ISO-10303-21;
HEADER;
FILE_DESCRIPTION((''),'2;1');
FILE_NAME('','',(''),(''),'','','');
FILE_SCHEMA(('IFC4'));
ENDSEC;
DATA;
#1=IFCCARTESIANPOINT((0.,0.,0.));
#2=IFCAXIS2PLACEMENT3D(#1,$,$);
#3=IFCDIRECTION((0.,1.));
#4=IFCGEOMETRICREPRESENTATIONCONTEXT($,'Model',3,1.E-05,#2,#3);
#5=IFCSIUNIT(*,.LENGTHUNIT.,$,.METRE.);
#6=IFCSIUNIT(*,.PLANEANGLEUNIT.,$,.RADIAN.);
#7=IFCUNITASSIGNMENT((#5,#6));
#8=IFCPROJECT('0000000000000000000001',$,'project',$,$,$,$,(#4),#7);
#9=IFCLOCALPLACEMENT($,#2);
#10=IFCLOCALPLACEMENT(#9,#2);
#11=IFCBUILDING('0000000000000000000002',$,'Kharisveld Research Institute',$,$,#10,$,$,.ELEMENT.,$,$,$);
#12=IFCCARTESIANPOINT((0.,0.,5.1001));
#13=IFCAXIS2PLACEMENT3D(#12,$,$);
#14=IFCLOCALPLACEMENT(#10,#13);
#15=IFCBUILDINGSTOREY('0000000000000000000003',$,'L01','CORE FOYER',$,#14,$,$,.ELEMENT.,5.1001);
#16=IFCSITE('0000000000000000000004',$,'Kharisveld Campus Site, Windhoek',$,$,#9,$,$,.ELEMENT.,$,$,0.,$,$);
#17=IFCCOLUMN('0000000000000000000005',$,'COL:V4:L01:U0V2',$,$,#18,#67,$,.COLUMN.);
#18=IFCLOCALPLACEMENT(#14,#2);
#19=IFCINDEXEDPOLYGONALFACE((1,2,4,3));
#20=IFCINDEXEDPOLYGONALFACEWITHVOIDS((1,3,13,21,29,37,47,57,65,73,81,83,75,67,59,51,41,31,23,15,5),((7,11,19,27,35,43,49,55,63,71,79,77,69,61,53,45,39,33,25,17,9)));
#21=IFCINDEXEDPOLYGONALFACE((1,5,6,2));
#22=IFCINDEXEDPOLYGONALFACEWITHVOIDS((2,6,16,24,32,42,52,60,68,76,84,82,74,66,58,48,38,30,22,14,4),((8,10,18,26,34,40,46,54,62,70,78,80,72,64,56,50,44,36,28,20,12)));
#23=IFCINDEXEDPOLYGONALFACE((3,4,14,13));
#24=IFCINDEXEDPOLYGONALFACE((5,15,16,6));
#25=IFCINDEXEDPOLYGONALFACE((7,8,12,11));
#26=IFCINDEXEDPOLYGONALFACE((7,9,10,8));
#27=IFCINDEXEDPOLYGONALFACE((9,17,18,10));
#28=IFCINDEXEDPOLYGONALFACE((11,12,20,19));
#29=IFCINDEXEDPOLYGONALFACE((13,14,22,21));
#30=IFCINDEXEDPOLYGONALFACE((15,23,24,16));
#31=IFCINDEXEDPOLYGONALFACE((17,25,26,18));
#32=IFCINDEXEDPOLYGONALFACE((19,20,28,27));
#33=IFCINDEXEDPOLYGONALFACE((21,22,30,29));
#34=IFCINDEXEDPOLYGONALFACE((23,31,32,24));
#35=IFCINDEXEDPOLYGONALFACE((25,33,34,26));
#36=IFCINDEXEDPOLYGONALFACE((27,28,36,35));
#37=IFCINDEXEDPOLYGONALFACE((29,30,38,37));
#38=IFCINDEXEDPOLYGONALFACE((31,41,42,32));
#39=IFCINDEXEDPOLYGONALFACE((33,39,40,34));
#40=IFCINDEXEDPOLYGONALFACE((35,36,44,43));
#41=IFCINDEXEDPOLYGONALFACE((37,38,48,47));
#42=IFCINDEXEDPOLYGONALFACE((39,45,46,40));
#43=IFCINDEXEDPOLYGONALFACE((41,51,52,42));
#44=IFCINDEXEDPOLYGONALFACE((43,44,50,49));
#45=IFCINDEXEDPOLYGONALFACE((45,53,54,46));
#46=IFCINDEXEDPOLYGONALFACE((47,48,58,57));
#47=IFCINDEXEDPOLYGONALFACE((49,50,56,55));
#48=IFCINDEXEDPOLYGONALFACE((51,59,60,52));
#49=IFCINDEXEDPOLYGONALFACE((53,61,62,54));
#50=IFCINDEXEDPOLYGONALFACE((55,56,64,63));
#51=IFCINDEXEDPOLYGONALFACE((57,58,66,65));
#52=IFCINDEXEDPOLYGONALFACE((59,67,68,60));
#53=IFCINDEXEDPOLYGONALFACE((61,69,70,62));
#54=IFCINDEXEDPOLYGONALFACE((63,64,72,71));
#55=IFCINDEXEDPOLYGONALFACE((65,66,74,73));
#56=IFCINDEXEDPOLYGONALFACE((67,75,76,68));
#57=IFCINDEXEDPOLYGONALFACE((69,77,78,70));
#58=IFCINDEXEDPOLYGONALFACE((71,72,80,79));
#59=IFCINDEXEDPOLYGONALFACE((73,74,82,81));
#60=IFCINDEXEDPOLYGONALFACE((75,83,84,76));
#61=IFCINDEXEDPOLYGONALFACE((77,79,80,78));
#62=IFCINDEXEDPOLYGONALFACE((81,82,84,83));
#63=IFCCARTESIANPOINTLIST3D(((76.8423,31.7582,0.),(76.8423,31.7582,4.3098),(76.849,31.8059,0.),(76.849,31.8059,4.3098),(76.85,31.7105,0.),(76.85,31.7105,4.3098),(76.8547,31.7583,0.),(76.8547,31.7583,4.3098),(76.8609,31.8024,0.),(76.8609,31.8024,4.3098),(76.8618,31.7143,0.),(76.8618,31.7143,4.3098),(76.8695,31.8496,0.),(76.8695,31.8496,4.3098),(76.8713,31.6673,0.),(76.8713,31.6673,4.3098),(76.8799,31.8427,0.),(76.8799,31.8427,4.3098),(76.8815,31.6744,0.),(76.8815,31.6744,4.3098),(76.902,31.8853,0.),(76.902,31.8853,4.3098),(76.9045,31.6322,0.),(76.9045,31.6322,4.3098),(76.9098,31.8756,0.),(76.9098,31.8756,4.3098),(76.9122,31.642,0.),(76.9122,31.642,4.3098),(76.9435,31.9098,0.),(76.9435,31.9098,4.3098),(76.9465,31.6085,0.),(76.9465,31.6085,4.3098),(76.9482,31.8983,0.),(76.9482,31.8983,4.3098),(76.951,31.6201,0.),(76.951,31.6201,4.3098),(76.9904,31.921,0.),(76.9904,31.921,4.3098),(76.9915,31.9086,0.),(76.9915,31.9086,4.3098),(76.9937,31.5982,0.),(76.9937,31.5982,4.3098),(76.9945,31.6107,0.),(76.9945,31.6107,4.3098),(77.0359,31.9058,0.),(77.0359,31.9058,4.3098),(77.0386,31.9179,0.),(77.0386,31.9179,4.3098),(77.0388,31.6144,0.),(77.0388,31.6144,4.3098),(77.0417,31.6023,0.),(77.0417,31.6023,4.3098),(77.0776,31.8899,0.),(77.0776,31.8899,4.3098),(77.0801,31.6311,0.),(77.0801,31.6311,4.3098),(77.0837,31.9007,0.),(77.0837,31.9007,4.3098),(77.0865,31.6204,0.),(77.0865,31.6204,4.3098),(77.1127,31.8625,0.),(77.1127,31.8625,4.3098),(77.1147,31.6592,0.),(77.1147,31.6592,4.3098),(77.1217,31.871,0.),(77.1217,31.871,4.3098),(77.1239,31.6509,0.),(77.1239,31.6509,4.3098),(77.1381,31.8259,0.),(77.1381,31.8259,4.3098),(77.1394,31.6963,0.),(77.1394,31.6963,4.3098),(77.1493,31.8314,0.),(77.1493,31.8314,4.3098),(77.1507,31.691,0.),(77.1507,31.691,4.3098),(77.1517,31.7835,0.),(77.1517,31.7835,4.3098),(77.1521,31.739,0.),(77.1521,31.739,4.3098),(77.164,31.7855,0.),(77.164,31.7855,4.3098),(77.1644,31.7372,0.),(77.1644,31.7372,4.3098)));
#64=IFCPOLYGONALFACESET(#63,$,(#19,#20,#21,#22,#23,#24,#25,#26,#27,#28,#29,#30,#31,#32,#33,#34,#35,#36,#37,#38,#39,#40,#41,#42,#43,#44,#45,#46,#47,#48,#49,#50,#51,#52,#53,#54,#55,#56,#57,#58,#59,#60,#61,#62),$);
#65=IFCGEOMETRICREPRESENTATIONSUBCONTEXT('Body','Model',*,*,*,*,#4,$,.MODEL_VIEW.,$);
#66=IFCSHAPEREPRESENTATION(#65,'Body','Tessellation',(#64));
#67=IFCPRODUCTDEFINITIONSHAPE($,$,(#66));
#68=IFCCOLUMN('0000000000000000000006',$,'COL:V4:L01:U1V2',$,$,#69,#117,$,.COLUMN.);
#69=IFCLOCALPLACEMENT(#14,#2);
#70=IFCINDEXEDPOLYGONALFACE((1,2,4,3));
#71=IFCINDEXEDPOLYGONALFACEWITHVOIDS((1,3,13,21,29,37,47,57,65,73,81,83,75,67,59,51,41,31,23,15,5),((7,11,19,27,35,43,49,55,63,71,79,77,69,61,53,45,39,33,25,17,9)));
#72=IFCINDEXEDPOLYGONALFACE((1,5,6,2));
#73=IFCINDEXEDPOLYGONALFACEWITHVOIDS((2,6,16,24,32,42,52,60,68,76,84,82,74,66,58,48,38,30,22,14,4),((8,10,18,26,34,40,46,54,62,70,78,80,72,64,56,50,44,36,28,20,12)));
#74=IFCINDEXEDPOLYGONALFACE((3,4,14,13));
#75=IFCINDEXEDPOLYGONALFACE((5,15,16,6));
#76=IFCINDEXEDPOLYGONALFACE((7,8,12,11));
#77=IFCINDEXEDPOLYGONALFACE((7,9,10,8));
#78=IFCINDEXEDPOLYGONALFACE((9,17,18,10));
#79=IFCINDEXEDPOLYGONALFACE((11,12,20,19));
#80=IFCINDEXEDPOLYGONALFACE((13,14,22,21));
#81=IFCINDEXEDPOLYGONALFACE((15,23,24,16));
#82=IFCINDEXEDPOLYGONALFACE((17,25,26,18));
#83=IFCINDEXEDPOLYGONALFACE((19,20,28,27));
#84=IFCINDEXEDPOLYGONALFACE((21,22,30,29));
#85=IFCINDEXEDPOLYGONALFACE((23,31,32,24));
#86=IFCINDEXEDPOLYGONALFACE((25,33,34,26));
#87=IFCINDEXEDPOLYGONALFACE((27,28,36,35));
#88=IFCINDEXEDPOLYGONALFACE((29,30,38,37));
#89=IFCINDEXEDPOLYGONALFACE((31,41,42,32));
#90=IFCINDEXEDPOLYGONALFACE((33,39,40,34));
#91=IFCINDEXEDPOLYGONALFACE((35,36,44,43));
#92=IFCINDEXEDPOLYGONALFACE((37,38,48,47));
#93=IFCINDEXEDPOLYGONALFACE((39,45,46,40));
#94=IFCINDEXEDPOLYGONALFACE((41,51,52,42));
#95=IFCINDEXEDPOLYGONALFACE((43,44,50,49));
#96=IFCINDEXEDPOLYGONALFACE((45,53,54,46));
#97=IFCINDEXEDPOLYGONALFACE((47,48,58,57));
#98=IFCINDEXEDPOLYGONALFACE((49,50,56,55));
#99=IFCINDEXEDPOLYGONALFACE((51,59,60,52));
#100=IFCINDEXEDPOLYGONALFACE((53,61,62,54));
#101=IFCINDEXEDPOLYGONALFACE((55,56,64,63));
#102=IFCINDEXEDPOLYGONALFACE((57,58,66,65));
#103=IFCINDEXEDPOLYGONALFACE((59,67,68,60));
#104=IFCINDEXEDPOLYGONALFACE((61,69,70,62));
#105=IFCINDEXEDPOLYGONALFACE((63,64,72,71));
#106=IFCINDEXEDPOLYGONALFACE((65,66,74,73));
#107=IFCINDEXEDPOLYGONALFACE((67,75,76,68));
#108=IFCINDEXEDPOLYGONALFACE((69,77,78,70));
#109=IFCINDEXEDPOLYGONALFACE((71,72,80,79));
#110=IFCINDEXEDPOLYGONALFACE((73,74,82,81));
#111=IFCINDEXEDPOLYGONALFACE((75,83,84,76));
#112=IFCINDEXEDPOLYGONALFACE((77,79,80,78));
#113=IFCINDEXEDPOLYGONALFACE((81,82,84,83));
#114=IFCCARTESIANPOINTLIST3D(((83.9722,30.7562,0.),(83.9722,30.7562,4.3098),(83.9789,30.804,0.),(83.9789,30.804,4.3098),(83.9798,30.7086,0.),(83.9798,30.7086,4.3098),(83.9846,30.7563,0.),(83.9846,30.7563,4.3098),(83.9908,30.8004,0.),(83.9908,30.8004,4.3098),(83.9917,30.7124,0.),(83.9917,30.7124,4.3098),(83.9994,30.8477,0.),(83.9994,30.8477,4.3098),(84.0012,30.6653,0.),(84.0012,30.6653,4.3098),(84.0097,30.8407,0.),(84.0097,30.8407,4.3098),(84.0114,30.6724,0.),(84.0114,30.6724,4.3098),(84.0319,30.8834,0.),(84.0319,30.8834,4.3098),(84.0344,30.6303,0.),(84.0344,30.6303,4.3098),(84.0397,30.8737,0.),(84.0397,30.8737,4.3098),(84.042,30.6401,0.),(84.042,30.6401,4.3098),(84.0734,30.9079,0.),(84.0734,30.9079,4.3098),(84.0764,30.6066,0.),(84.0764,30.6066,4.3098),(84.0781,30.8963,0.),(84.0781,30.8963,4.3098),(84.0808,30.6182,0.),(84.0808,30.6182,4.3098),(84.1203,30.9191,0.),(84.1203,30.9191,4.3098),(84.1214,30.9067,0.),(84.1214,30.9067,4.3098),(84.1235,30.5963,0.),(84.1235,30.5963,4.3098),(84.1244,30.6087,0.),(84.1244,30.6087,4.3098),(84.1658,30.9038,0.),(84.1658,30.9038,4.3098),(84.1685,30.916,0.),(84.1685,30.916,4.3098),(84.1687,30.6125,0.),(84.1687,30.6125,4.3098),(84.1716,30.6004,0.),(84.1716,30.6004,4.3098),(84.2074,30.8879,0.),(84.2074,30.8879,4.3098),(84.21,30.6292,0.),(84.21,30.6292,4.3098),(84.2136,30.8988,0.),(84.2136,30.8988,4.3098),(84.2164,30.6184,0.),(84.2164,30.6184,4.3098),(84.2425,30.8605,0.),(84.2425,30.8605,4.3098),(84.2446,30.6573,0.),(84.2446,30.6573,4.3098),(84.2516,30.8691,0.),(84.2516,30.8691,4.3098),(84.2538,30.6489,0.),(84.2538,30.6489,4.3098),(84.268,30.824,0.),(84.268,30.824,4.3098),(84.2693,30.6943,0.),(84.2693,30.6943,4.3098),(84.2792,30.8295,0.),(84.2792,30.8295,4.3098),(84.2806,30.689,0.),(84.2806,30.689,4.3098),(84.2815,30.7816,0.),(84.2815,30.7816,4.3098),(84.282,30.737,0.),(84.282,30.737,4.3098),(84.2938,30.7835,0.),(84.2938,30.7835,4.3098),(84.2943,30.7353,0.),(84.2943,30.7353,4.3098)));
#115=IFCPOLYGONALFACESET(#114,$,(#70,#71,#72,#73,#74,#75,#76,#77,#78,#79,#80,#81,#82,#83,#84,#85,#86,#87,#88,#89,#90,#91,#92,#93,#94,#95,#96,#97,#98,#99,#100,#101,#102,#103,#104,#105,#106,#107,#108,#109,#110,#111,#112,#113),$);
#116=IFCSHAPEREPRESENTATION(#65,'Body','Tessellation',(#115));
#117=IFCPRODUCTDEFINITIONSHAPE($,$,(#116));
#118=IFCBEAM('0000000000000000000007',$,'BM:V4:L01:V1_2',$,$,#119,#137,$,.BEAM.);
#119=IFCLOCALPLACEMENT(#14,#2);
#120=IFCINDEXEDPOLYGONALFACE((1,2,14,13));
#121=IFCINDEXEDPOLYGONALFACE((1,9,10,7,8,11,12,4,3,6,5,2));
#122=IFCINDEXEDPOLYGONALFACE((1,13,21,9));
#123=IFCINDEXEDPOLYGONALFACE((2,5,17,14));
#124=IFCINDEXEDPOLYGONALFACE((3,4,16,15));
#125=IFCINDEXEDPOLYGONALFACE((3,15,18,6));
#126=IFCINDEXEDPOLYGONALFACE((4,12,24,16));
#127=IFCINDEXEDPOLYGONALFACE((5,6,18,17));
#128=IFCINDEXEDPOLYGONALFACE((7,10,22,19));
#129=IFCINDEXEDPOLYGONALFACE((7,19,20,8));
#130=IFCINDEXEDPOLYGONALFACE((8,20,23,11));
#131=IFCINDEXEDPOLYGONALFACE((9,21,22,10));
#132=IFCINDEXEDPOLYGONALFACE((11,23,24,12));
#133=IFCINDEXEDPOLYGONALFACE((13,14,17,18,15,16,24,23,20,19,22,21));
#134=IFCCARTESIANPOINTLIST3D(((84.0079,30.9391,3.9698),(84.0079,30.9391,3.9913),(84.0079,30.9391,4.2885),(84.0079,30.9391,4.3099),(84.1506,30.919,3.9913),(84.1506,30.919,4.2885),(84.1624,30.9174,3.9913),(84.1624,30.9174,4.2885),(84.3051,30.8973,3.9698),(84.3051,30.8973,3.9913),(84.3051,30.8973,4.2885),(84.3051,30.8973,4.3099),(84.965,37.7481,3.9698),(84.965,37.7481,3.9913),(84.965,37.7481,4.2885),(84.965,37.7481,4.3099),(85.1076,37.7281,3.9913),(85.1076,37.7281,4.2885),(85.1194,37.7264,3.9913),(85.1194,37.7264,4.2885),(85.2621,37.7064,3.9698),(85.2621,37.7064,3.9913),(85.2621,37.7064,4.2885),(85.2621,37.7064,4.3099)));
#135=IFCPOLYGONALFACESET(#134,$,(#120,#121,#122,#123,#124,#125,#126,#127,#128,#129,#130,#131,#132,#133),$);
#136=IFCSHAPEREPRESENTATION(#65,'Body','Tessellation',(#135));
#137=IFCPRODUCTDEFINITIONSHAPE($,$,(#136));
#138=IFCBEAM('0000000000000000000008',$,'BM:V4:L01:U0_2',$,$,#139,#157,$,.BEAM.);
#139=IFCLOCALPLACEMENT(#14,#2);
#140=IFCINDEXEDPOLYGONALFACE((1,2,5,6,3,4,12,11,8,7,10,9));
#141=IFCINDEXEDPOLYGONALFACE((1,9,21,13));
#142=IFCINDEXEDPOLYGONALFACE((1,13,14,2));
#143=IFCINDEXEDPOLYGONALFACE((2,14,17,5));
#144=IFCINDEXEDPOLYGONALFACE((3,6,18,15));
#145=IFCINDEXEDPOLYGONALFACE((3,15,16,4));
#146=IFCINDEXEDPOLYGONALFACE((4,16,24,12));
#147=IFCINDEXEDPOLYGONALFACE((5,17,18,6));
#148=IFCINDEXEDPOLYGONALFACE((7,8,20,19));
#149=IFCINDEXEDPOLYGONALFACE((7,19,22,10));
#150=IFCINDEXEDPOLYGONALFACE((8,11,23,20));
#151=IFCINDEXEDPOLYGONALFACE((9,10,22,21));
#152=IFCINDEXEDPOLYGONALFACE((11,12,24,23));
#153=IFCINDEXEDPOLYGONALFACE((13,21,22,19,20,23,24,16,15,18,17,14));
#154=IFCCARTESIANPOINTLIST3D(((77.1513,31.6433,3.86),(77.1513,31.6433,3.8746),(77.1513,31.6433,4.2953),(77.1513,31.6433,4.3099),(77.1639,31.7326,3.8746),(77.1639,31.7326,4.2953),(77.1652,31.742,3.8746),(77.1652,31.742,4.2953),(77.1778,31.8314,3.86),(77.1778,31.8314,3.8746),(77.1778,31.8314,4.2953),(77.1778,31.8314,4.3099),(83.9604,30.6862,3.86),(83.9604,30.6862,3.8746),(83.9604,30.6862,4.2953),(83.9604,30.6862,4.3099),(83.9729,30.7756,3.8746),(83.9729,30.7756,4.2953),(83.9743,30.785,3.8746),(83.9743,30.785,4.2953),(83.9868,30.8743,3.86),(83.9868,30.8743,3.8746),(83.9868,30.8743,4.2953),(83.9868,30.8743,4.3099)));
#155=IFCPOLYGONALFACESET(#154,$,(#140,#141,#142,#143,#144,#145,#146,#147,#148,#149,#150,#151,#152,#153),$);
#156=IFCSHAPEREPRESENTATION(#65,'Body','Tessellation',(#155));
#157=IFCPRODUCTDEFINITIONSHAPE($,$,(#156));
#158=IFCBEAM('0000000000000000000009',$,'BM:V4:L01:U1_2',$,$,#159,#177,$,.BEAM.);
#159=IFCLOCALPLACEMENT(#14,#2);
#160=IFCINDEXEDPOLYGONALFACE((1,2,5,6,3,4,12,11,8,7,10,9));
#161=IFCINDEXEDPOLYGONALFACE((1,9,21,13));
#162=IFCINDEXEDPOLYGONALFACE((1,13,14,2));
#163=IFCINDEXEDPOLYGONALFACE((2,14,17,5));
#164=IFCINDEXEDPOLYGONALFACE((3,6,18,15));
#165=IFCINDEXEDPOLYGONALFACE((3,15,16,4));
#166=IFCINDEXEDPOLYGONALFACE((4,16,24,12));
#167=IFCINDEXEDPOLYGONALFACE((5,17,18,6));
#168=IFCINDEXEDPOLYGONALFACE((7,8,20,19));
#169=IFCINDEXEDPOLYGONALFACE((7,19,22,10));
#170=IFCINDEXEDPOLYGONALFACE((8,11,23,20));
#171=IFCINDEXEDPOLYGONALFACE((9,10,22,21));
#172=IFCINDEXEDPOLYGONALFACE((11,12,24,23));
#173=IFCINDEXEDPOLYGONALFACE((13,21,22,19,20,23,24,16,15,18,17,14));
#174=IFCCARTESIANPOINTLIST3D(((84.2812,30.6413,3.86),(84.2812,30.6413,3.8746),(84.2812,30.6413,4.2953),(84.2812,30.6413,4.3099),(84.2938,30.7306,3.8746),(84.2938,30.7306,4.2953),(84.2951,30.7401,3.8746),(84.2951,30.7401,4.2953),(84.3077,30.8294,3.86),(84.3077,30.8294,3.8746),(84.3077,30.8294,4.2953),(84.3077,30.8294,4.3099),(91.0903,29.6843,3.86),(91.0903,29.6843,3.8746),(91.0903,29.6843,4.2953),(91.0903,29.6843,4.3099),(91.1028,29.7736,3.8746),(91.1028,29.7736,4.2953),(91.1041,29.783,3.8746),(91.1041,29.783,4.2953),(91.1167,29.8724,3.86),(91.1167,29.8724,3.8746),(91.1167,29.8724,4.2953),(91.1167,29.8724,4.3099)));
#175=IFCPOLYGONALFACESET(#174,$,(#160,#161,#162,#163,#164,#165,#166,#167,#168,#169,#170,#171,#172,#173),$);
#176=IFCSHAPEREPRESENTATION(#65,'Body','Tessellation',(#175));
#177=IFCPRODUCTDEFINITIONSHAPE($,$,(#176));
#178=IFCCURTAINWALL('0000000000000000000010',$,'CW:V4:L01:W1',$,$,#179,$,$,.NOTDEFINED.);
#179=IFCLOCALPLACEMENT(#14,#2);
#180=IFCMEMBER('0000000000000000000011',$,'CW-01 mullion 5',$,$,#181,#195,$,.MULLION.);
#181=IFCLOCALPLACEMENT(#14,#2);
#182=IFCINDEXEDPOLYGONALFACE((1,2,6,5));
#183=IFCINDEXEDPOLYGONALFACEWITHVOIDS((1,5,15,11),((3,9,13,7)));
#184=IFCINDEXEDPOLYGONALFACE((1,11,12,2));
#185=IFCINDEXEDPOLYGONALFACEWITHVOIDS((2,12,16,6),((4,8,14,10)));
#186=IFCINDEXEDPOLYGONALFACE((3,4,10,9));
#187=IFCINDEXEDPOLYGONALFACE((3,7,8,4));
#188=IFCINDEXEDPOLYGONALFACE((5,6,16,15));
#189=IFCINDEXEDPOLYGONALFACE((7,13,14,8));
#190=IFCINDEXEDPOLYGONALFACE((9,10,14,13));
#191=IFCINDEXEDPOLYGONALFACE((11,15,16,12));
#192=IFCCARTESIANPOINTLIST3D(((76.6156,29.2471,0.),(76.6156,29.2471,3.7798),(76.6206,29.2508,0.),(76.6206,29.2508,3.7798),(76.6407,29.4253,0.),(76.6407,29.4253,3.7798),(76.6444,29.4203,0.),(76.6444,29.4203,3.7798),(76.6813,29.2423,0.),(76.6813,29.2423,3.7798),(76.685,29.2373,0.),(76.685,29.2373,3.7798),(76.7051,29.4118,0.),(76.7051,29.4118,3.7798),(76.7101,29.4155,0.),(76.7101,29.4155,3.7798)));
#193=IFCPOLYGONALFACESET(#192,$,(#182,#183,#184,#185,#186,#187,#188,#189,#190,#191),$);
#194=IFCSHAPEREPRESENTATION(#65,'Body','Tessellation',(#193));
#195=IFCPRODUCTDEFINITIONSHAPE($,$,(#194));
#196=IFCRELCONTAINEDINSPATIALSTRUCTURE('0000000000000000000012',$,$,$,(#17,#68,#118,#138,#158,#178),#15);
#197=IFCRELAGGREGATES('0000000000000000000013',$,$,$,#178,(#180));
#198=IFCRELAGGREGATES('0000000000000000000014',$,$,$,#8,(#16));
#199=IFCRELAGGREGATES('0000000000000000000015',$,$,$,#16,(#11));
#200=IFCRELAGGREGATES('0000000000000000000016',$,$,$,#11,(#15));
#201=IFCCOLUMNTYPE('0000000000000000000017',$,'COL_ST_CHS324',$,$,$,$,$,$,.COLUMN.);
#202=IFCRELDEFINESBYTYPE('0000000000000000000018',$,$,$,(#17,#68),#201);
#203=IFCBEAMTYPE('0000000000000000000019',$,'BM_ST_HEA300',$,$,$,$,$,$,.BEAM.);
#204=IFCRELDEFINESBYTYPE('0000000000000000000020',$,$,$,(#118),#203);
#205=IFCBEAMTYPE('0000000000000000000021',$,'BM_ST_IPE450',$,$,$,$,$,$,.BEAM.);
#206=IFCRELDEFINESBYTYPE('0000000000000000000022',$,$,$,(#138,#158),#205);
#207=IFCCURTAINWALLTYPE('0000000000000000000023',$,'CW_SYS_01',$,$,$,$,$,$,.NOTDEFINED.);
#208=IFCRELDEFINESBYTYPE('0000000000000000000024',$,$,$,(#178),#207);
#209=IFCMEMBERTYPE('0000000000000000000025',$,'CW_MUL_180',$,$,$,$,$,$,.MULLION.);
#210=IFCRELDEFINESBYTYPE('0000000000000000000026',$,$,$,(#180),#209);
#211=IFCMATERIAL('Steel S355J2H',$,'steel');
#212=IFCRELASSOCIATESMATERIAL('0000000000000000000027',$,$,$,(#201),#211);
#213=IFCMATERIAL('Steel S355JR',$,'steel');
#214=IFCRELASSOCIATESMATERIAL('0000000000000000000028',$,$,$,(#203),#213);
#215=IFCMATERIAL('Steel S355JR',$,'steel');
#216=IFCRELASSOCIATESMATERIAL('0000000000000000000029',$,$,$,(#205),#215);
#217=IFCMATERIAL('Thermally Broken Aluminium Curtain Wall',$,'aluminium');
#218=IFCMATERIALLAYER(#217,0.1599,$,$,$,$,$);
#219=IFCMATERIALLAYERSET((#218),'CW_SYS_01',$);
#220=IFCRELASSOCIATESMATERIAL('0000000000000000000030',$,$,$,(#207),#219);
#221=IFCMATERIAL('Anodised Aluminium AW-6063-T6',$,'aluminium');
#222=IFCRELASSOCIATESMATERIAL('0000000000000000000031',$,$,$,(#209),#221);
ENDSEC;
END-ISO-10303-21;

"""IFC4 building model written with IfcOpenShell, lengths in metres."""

from ifc_helpers import new_model, si_unit, direction, frame, origin, origin_2d, place, context, subcontext, project, spatial, hollow_rectangle, hollow_circle, i_section, extrude, material, layer, layer_set, material_profile, profile_set, type_object, element, aggregate, save


model = new_model("IFC4")

# Units and contexts
model_context = context("Model", 3, precision=1e-05, world=origin(), true_north=direction((0.0, 1.0)))
body_context = subcontext(model_context, "Body", "Model", "MODEL_VIEW")
ifc_project = project(units=[si_unit("LENGTHUNIT", "METRE"), si_unit("PLANEANGLEUNIT", "RADIAN")], contexts=[model_context])

# Site, building, storey
site_placement = place(None, origin())
site = spatial("IfcSite", under=ifc_project, at=site_placement, Name="Kharisveld Campus Site, Windhoek", CompositionType="ELEMENT", RefElevation=0.0)
building_placement = place(site_placement, origin())
building = spatial("IfcBuilding", under=site, at=building_placement, Name="Kharisveld Research Institute", CompositionType="ELEMENT")
storey_placement = place(building_placement, frame((0.0, 0.0, 5.1001)))
storey = spatial("IfcBuildingStorey", under=building, at=storey_placement, Name="L01", Description="CORE FOYER", CompositionType="ELEMENT", Elevation=5.1001)

# Columns
ifc_material_1 = material(Name="Steel S355J2H", Category="steel")
ifc_material_profile_1 = material_profile(ifc_material_1, hollow_circle(Radius=0.1619, WallThickness=0.0125, at=origin_2d()))
ifc_profile_set_1 = profile_set([ifc_material_profile_1], Name="Steel S355J2H")
column_type = type_object("IfcColumnType", Name="COL_ST_CHS324", PredefinedType="COLUMN", material=ifc_profile_set_1)
for number, where, z_axis, x_axis, name in (
    (1, (77.0042, 31.7598, 0.0), (0.0, 0.0, 1.0), (0.990268, -0.139173, 0.0), "COL:V4:L01:U0V2"),
    (2, (84.134, 30.7578, 0.0), (0.0, 0.0, 1.0), (0.990268, -0.139173, 0.0), "COL:V4:L01:U1V2"),
):
    element("IfcColumn", number, at=place(storey_placement, frame(where, z_axis=z_axis, x_axis=x_axis)), inside=storey, type_object=column_type, Name=name, PredefinedType="COLUMN", context=body_context, shape_type="SweptSolid", body=[
        extrude(hollow_circle(Radius=0.1619, WallThickness=0.0125, at=origin_2d()), origin(), (0.0, 0.0, 1.0), 4.3098),
    ])

# Beams
ifc_material_2 = material(Name="Steel S355JR", Category="steel")
ifc_material_profile_2 = material_profile(ifc_material_2, i_section(OverallWidth=0.3, OverallDepth=0.3401, WebThickness=0.012, FlangeThickness=0.0215, at=origin_2d()))
ifc_profile_set_2 = profile_set([ifc_material_profile_2], Name="Steel S355JR")
beam_type_1 = type_object("IfcBeamType", Name="BM_ST_HEA300", PredefinedType="BEAM", material=ifc_profile_set_2)
beam_1_placement = place(storey_placement, frame((84.1565, 30.9182, 4.1399), z_axis=(0.139184, 0.990267, 0.0), x_axis=(-0.990267, 0.139184, 0.0)))
element("IfcBeam", 3, at=beam_1_placement, inside=storey, type_object=beam_type_1, Name="BM:V4:L01:V1_2", PredefinedType="BEAM", context=body_context, shape_type="SweptSolid", body=[
    extrude(i_section(OverallWidth=0.3, OverallDepth=0.3401, WebThickness=0.012, FlangeThickness=0.0215, at=origin_2d()), origin(), (0.0, 0.0, 1.0), 6.876),
])
ifc_material_3 = material(Name="Steel S355JR", Category="steel")
ifc_material_profile_3 = material_profile(ifc_material_3, i_section(OverallWidth=0.1899, OverallDepth=0.45, WebThickness=0.0095, FlangeThickness=0.0146, at=origin_2d()))
ifc_profile_set_3 = profile_set([ifc_material_profile_3], Name="Steel S355JR")
beam_type_2 = type_object("IfcBeamType", Name="BM_ST_IPE450", PredefinedType="BEAM", material=ifc_profile_set_3)
for number, where, z_axis, x_axis, name in (
    (4, (77.1646, 31.7373, 4.085), (0.990267, -0.139184, 0.0), (0.139184, 0.990267, 0.0), "BM:V4:L01:U0_2"),
    (5, (84.2944, 30.7354, 4.085), (0.990267, -0.139184, 0.0), (0.139184, 0.990267, 0.0), "BM:V4:L01:U1_2"),
):
    element("IfcBeam", number, at=place(storey_placement, frame(where, z_axis=z_axis, x_axis=x_axis)), inside=storey, type_object=beam_type_2, Name=name, PredefinedType="BEAM", context=body_context, shape_type="SweptSolid", body=[
        extrude(i_section(OverallWidth=0.1899, OverallDepth=0.45, WebThickness=0.0095, FlangeThickness=0.0146, at=origin_2d()), origin(), (0.0, 0.0, 1.0), 6.876),
    ])

# Curtain wall, member
ifc_material_4 = material(Name="Thermally Broken Aluminium Curtain Wall", Category="aluminium")
ifc_layer_1 = layer(ifc_material_4, 0.1599)
ifc_layer_set_1 = layer_set([ifc_layer_1], Name="CW_SYS_01")
curtain_wall_type = type_object("IfcCurtainWallType", Name="CW_SYS_01", PredefinedType="NOTDEFINED", material=ifc_layer_set_1)
curtain_wall_placement = place(storey_placement, origin())
curtain_wall = element("IfcCurtainWall", 6, at=curtain_wall_placement, inside=storey, type_object=curtain_wall_type, Name="CW:V4:L01:W1", PredefinedType="NOTDEFINED")
ifc_material_5 = material(Name="Anodised Aluminium AW-6063-T6", Category="aluminium")
ifc_material_profile_4 = material_profile(ifc_material_5, hollow_rectangle(XDim=0.0701, YDim=0.1799, WallThickness=0.0044, at=origin_2d()))
ifc_profile_set_4 = profile_set([ifc_material_profile_4], Name="Anodised Aluminium AW-6063-T6")
member_type_1 = type_object("IfcMemberType", Name="CW_MUL_180", PredefinedType="MULLION", material=ifc_profile_set_4)
member_1_placement = place(storey_placement, frame((76.6628, 29.3313, 0.0), z_axis=(0.0, 0.0, 1.0), x_axis=(-0.990268, 0.139173, 0.0)))
member_1 = element("IfcMember", 7, at=member_1_placement, type_object=member_type_1, Name="CW-01 mullion 5", PredefinedType="MULLION", context=body_context, shape_type="SweptSolid", body=[
    extrude(hollow_rectangle(XDim=0.0701, YDim=0.1799, WallThickness=0.0044, at=origin_2d()), origin(), (0.0, 0.0, 1.0), 3.7798),
])

aggregate(curtain_wall, [member_1])

save(model, "model.ifc")
